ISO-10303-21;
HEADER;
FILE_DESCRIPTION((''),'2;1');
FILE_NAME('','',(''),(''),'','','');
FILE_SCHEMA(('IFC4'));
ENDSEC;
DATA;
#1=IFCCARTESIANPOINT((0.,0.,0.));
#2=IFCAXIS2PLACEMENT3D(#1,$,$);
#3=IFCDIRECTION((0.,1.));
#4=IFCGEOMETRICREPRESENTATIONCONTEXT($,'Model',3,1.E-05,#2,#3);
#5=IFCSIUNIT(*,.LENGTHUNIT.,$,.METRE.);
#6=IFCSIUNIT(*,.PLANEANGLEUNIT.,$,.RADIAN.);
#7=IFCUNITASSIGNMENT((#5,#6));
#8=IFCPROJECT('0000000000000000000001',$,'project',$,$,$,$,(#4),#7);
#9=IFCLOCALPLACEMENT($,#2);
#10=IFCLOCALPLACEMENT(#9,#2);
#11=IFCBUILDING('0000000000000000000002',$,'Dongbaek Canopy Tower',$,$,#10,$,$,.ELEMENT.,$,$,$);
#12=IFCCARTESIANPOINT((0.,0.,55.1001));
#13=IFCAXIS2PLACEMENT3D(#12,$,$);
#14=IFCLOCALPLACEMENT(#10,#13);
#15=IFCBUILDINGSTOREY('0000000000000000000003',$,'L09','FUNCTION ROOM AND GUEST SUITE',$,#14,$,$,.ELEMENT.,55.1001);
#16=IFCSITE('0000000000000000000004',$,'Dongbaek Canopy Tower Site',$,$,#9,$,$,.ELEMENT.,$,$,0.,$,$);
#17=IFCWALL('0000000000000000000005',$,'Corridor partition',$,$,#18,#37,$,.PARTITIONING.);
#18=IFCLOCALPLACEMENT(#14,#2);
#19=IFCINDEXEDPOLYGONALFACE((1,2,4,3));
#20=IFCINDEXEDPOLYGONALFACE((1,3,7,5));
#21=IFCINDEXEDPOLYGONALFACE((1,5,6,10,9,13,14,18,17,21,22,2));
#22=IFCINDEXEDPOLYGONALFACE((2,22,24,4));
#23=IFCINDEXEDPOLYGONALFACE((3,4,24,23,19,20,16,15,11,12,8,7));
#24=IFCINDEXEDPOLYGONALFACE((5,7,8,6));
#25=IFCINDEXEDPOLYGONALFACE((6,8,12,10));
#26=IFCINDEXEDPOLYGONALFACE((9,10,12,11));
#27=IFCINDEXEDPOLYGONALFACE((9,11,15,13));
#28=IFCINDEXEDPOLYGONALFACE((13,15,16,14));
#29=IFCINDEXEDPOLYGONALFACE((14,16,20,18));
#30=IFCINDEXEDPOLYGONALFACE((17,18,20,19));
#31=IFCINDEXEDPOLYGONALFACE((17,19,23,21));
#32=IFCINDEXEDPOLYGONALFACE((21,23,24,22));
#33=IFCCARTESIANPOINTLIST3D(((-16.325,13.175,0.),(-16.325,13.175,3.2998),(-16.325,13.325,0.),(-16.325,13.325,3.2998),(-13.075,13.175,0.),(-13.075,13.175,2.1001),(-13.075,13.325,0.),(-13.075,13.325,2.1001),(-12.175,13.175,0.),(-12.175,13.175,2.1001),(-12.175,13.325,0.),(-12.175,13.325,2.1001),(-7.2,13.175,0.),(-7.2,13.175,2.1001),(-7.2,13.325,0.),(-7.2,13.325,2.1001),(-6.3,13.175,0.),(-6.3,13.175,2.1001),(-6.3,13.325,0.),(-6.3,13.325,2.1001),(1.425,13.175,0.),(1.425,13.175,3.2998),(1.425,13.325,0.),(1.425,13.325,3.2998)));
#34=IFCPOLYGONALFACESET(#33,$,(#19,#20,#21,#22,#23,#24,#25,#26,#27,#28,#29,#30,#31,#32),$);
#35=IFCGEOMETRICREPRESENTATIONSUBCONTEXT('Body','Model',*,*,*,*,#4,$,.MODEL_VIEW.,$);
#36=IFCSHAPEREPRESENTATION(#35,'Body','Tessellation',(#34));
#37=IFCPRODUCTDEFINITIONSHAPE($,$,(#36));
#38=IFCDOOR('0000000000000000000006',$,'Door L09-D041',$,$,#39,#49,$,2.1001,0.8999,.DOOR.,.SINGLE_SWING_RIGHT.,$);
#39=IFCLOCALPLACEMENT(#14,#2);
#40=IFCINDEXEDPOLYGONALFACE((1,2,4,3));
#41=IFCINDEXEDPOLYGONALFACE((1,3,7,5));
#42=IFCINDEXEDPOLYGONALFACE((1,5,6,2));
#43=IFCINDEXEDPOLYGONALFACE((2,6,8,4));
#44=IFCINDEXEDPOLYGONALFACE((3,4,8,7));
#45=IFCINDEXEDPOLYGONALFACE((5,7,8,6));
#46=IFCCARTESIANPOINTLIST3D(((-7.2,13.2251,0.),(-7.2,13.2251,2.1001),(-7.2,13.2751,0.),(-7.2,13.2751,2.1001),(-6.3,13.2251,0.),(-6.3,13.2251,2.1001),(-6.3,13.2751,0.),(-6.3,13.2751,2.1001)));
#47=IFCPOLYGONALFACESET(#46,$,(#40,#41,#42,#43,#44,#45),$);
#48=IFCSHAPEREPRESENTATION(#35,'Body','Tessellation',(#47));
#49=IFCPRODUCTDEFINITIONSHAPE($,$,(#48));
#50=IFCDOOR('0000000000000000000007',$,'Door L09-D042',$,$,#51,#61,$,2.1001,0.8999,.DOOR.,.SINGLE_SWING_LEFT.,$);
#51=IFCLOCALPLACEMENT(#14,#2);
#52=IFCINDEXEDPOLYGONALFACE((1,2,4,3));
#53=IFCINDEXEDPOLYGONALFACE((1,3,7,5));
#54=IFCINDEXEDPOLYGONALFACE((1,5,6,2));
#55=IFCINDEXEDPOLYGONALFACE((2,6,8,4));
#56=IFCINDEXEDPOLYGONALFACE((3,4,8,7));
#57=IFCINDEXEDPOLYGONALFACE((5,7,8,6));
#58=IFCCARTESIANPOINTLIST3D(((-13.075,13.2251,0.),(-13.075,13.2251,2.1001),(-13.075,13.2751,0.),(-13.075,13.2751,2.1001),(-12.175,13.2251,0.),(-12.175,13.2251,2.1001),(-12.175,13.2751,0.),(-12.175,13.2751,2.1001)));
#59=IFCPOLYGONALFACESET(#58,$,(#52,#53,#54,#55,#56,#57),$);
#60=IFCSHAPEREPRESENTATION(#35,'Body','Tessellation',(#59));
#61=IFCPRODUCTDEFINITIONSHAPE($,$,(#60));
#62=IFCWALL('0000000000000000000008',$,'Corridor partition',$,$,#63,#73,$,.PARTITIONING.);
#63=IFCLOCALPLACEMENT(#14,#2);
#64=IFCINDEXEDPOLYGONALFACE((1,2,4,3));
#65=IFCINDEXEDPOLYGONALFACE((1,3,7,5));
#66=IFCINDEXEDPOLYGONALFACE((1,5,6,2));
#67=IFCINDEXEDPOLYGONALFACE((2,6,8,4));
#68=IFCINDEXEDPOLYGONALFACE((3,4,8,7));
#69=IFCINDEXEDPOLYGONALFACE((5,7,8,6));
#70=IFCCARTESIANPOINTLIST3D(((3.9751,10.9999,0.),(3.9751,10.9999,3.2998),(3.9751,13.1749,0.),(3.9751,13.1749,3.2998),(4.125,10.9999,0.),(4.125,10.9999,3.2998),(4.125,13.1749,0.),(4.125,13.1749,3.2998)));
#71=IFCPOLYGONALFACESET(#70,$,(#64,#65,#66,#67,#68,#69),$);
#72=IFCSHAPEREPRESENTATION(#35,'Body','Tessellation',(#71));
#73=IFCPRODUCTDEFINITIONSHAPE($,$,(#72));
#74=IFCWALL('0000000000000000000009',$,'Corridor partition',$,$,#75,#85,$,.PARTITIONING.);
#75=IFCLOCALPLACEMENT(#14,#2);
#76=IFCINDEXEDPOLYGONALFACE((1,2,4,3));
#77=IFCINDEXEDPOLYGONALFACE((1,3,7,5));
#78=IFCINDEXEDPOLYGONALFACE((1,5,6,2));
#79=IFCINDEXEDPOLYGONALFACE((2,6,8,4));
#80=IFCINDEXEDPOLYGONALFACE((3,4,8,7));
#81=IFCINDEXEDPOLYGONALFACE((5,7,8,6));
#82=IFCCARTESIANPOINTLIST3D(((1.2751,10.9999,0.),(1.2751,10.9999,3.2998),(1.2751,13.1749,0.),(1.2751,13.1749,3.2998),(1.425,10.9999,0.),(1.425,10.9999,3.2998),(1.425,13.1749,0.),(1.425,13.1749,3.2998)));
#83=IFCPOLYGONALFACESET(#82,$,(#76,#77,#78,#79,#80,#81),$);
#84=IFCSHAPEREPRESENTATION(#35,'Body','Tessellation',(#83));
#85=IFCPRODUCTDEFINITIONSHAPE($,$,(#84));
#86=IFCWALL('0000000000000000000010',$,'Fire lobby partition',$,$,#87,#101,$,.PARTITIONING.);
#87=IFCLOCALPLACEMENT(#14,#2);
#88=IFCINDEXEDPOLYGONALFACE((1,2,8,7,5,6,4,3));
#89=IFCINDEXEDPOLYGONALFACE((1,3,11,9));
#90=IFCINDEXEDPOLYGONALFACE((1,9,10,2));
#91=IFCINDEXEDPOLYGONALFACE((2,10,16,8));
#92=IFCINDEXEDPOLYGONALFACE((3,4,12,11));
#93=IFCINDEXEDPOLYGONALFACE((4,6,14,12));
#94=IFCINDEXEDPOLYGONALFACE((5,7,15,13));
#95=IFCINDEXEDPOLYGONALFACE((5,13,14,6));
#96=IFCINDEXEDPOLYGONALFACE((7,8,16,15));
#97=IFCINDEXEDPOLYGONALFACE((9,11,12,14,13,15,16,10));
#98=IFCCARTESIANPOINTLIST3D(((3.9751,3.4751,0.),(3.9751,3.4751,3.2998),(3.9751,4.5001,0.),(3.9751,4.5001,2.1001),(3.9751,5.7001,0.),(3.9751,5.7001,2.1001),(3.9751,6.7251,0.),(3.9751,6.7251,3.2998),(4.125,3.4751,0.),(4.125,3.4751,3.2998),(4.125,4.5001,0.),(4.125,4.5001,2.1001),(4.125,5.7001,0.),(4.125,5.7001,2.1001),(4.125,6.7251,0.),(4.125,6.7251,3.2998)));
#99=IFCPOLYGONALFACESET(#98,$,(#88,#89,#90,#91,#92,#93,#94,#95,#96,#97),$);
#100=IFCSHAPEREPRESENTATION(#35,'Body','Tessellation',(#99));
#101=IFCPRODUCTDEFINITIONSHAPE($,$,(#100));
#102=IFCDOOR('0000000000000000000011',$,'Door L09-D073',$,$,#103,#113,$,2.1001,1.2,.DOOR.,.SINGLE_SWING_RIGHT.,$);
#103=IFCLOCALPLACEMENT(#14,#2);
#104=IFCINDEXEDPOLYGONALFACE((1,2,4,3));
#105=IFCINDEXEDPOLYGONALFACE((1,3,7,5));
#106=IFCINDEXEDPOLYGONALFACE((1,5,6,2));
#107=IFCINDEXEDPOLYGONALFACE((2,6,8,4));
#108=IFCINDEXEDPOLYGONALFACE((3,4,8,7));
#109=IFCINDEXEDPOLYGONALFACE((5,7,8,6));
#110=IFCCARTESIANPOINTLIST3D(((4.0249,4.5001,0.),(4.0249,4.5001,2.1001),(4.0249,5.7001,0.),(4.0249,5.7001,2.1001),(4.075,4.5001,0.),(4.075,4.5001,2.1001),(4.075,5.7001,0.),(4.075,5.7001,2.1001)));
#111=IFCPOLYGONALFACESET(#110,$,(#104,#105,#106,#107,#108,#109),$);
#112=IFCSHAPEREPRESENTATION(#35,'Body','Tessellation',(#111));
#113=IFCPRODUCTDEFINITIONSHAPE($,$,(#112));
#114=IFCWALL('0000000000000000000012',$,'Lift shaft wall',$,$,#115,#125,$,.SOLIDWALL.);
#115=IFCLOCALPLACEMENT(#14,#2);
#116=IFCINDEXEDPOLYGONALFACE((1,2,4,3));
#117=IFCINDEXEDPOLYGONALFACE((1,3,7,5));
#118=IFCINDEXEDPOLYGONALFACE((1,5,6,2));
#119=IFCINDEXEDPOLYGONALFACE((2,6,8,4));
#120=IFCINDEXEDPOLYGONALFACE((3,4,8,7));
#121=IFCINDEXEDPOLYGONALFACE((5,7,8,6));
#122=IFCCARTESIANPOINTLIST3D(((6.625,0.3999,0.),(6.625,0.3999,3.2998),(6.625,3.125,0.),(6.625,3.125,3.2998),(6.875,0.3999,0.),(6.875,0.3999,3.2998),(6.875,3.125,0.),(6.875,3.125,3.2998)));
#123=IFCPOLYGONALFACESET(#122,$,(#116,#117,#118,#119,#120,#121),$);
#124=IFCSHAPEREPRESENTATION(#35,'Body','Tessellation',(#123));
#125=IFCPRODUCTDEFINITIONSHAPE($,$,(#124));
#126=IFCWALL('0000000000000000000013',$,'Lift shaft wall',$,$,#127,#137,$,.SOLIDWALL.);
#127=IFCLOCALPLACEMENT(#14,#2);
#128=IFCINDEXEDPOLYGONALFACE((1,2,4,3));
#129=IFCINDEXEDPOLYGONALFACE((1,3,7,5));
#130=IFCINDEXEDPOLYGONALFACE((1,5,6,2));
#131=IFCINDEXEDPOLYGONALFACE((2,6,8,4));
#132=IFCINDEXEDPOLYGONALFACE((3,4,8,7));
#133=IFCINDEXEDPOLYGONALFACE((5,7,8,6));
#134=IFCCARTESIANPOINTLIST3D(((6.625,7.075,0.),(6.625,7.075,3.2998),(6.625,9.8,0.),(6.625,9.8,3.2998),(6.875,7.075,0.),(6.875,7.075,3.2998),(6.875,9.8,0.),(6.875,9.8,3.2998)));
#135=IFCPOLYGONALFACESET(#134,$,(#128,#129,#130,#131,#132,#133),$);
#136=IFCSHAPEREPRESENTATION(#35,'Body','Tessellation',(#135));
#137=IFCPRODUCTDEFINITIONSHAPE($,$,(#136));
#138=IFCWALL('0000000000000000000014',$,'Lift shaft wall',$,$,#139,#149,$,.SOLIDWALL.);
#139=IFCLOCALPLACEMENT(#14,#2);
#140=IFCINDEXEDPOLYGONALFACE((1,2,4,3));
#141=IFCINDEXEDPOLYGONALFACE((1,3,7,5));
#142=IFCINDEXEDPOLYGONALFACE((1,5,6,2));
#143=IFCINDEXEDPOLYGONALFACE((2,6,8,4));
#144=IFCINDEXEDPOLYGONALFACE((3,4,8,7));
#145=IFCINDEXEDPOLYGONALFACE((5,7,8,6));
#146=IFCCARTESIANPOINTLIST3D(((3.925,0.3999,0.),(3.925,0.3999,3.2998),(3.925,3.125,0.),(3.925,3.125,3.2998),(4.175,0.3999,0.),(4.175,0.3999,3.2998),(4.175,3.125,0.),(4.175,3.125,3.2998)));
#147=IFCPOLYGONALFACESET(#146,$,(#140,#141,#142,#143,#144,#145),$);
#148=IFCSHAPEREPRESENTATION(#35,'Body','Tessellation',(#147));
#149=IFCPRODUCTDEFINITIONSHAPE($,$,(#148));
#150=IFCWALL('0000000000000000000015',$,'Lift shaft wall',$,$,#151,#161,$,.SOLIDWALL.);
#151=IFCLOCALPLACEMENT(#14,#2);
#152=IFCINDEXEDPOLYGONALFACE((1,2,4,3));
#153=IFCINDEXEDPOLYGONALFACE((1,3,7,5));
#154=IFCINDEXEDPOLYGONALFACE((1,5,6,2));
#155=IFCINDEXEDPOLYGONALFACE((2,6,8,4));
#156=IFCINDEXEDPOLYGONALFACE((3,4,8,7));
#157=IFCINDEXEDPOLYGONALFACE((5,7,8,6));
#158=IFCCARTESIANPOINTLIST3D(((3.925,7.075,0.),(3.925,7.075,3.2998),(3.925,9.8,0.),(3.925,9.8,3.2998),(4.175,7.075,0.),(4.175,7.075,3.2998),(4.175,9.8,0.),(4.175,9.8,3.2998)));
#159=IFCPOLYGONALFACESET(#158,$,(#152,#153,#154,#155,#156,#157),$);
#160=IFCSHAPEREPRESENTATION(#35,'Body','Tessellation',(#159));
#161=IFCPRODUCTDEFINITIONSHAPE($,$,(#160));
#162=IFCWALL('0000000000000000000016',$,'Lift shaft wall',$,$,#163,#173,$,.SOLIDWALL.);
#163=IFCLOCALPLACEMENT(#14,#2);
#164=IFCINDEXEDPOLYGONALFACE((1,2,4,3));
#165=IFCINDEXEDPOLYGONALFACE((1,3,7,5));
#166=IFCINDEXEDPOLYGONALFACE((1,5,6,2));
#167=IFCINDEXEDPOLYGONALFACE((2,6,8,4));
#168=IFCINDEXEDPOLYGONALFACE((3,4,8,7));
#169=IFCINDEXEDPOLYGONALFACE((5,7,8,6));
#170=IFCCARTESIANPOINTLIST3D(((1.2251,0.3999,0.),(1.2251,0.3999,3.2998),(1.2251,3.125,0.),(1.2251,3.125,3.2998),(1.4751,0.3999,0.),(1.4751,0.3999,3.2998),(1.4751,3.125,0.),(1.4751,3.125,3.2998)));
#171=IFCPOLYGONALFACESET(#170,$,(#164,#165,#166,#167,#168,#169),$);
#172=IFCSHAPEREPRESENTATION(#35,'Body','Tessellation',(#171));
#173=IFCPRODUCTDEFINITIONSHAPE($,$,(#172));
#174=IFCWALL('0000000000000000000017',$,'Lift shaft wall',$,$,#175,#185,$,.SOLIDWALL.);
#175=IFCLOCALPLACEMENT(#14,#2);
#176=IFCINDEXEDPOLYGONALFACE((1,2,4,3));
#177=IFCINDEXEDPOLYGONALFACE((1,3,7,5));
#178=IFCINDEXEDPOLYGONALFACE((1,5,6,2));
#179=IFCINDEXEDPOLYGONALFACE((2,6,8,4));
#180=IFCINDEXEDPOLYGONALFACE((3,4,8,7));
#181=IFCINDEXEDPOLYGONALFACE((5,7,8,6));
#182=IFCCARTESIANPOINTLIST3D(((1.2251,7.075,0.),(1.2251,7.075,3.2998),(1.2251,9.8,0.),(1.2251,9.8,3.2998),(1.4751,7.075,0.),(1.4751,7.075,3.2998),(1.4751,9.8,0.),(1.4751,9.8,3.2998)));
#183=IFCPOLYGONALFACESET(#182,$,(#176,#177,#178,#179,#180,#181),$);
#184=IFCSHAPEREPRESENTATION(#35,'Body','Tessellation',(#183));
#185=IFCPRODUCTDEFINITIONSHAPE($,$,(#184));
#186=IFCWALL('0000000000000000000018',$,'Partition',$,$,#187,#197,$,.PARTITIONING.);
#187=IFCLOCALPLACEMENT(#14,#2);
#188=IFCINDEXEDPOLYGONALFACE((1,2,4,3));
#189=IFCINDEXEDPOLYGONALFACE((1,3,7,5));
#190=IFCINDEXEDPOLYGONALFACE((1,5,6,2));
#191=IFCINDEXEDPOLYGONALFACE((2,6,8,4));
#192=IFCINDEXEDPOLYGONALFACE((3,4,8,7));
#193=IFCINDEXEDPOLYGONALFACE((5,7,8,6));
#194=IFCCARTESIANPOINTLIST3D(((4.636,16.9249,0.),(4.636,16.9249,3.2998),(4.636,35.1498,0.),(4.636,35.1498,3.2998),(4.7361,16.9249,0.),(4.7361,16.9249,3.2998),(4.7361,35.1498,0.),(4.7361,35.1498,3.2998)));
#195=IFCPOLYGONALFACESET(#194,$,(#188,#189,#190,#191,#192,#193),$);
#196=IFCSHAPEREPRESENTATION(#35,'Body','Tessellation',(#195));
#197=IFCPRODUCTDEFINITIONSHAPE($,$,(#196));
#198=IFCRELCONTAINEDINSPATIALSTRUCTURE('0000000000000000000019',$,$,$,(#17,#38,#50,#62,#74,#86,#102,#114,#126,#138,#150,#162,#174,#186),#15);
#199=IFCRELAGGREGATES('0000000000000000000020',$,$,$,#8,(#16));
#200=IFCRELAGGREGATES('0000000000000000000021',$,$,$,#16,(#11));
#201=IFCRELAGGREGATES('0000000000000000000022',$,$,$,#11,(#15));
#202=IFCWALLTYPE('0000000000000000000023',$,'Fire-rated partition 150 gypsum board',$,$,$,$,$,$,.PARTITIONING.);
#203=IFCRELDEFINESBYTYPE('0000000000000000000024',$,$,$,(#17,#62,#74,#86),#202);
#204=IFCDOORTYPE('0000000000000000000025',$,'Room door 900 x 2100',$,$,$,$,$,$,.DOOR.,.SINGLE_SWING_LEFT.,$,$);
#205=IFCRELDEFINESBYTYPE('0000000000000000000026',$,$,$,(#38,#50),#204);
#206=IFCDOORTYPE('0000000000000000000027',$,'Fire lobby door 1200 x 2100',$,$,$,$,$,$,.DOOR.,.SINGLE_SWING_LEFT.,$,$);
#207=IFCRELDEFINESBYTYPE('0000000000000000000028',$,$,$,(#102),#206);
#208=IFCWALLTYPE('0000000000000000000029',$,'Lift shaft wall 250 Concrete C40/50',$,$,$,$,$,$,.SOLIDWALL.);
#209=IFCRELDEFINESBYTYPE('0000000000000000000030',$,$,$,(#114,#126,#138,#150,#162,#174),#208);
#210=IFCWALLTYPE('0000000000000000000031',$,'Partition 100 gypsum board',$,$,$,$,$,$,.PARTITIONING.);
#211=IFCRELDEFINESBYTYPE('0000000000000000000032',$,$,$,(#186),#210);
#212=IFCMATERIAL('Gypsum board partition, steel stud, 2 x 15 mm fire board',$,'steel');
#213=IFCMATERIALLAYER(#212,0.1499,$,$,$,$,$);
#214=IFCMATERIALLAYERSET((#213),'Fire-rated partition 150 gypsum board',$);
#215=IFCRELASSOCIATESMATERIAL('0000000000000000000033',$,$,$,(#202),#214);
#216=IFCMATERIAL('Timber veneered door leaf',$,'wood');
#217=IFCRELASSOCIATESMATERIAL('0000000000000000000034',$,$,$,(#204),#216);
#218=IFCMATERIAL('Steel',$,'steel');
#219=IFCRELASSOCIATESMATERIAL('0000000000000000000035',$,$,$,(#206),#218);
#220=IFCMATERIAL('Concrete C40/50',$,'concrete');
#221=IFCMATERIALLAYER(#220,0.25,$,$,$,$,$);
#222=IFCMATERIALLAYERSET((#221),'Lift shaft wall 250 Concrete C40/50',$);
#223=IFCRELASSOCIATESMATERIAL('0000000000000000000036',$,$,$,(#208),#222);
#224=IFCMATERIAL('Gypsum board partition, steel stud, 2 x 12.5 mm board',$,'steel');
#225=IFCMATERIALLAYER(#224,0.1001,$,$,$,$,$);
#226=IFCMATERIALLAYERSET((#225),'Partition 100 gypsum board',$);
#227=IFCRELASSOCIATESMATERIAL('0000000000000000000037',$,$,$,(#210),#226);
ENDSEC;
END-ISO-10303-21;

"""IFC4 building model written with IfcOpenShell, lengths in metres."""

from ifc_helpers import new_model, si_unit, direction, frame, frame_2d, origin, place, context, subcontext, project, spatial, rectangle, extrude, material, layer, layer_set, type_object, element, fill, save


model = new_model("IFC4")

# Units and contexts
model_context = context("Model", 3, precision=1e-05, world=origin(), true_north=direction((0.0, 1.0)))
body_context = subcontext(model_context, "Body", "Model", "MODEL_VIEW")
ifc_project = project(units=[si_unit("LENGTHUNIT", "METRE"), si_unit("PLANEANGLEUNIT", "RADIAN")], contexts=[model_context])

# Site, building, storey
site_placement = place(None, origin())
site = spatial("IfcSite", under=ifc_project, at=site_placement, Name="Dongbaek Canopy Tower Site", CompositionType="ELEMENT", RefElevation=0.0)
building_placement = place(site_placement, origin())
building = spatial("IfcBuilding", under=site, at=building_placement, Name="Dongbaek Canopy Tower", CompositionType="ELEMENT")
storey_placement = place(building_placement, frame((0.0, 0.0, 55.1001)))
storey = spatial("IfcBuildingStorey", under=building, at=storey_placement, Name="L09", Description="FUNCTION ROOM AND GUEST SUITE", CompositionType="ELEMENT", Elevation=55.1001)

# Wall, openings, doors
ifc_material_1 = material(Name="Gypsum board partition, steel stud, 2 x 15 mm fire board", Category="steel")
ifc_layer_1 = layer(ifc_material_1, 0.1499)
ifc_layer_set_1 = layer_set([ifc_layer_1], Name="Fire-rated partition 150 gypsum board")
wall_type_1 = type_object("IfcWallType", Name="Fire-rated partition 150 gypsum board", PredefinedType="PARTITIONING", material=ifc_layer_set_1)
wall_1_placement = place(storey_placement, frame((1.425, 13.25, 0.0), z_axis=(0.0, 0.0, 1.0), x_axis=(-1.0, 0.0, 0.0)))
wall_1 = element("IfcWall", 1, at=wall_1_placement, inside=storey, type_object=wall_type_1, Name="Corridor partition", PredefinedType="PARTITIONING", context=body_context, shape_type="SweptSolid", body=[
    extrude(rectangle(XDim=17.75, YDim=0.1499, at=frame_2d((8.875, 0.0))), origin(), (0.0, 0.0, 1.0), 3.2998),
])
opening_1_placement = place(wall_1_placement, frame((7.7251, 0.0, 0.0)))
opening_1 = element("IfcOpeningElement", 2, at=opening_1_placement, cuts=wall_1, PredefinedType="OPENING", context=body_context, shape_type="SweptSolid", body=[
    extrude(rectangle(XDim=0.8999, YDim=2.1001, at=frame_2d((0.45, 1.05))), frame((0.0, 0.085, 0.0), z_axis=(0.0, -1.0, 0.0), x_axis=(1.0, 0.0, 0.0)), (0.0, 0.0, 1.0), 0.1699),
])
opening_2_placement = place(wall_1_placement, frame((13.6001, 0.0, 0.0)))
opening_2 = element("IfcOpeningElement", 3, at=opening_2_placement, cuts=wall_1, PredefinedType="OPENING", context=body_context, shape_type="SweptSolid", body=[
    extrude(rectangle(XDim=0.8999, YDim=2.1001, at=frame_2d((0.45, 1.05))), frame((0.0, 0.085, 0.0), z_axis=(0.0, -1.0, 0.0), x_axis=(1.0, 0.0, 0.0)), (0.0, 0.0, 1.0), 0.1699),
])
ifc_material_2 = material(Name="Timber veneered door leaf", Category="wood")
door_type_1 = type_object("IfcDoorType", Name="Room door 900 x 2100", OperationType="SINGLE_SWING_LEFT", PredefinedType="DOOR", material=ifc_material_2)
door_1_placement = place(opening_1_placement, origin())
door_1 = element("IfcDoor", 4, at=door_1_placement, inside=storey, type_object=door_type_1, Name="Door L09-D041", OperationType="SINGLE_SWING_RIGHT", OverallHeight=2.1001, OverallWidth=0.8999, PredefinedType="DOOR", context=body_context, shape_type="SweptSolid", body=[
    extrude(rectangle(XDim=0.8999, YDim=2.1001, at=frame_2d((0.45, 1.05))), frame((0.0, 0.0249, 0.0), z_axis=(0.0, -1.0, 0.0), x_axis=(1.0, 0.0, 0.0)), (0.0, 0.0, 1.0), 0.05),
])
fill(opening_1, door_1)
door_2_placement = place(opening_2_placement, origin())
door_2 = element("IfcDoor", 5, at=door_2_placement, inside=storey, type_object=door_type_1, Name="Door L09-D042", OperationType="SINGLE_SWING_LEFT", OverallHeight=2.1001, OverallWidth=0.8999, PredefinedType="DOOR", context=body_context, shape_type="SweptSolid", body=[
    extrude(rectangle(XDim=0.8999, YDim=2.1001, at=frame_2d((0.45, 1.05))), frame((0.0, 0.0249, 0.0), z_axis=(0.0, -1.0, 0.0), x_axis=(1.0, 0.0, 0.0)), (0.0, 0.0, 1.0), 0.05),
])
fill(opening_2, door_2)

# Walls
for number, where, z_axis, x_axis, name in (
    (6, (4.05, 11.0, 0.0), (0.0, 0.0, 1.0), (0.0, 1.0, 0.0), "Corridor partition"),
    (7, (1.3501, 11.0, 0.0), (0.0, 0.0, 1.0), (0.0, 1.0, 0.0), "Corridor partition"),
):
    element("IfcWall", number, at=place(storey_placement, frame(where, z_axis=z_axis, x_axis=x_axis)), inside=storey, type_object=wall_type_1, Name=name, PredefinedType="PARTITIONING", context=body_context, shape_type="SweptSolid", body=[
        extrude(rectangle(XDim=2.175, YDim=0.1499, at=frame_2d((1.0874, 0.0))), origin(), (0.0, 0.0, 1.0), 3.2998),
    ])

# Wall, opening, door
wall_2_placement = place(storey_placement, frame((4.05, 6.7251, 0.0), z_axis=(0.0, 0.0, 1.0), x_axis=(0.0, -1.0, 0.0)))
wall_2 = element("IfcWall", 8, at=wall_2_placement, inside=storey, type_object=wall_type_1, Name="Fire lobby partition", PredefinedType="PARTITIONING", context=body_context, shape_type="SweptSolid", body=[
    extrude(rectangle(XDim=3.25, YDim=0.1499, at=frame_2d((1.625, 0.0))), origin(), (0.0, 0.0, 1.0), 3.2998),
])
opening_3_placement = place(wall_2_placement, frame((1.0249, 0.0, 0.0)))
opening_3 = element("IfcOpeningElement", 9, at=opening_3_placement, cuts=wall_2, PredefinedType="OPENING", context=body_context, shape_type="SweptSolid", body=[
    extrude(rectangle(XDim=1.2, YDim=2.1001, at=frame_2d((0.6001, 1.05))), frame((0.0, 0.085, 0.0), z_axis=(0.0, -1.0, 0.0), x_axis=(1.0, 0.0, 0.0)), (0.0, 0.0, 1.0), 0.1699),
])
ifc_material_3 = material(Name="Steel", Category="steel")
door_type_2 = type_object("IfcDoorType", Name="Fire lobby door 1200 x 2100", OperationType="SINGLE_SWING_LEFT", PredefinedType="DOOR", material=ifc_material_3)
door_3_placement = place(opening_3_placement, origin())
door_3 = element("IfcDoor", 10, at=door_3_placement, inside=storey, type_object=door_type_2, Name="Door L09-D073", OperationType="SINGLE_SWING_RIGHT", OverallHeight=2.1001, OverallWidth=1.2, PredefinedType="DOOR", context=body_context, shape_type="SweptSolid", body=[
    extrude(rectangle(XDim=1.2, YDim=2.1001, at=frame_2d((0.6001, 1.05))), frame((0.0, 0.0249, 0.0), z_axis=(0.0, -1.0, 0.0), x_axis=(1.0, 0.0, 0.0)), (0.0, 0.0, 1.0), 0.05),
])
fill(opening_3, door_3)

# Walls
ifc_material_4 = material(Name="Concrete C40/50", Category="concrete")
ifc_layer_2 = layer(ifc_material_4, 0.25)
ifc_layer_set_2 = layer_set([ifc_layer_2], Name="Lift shaft wall 250 Concrete C40/50")
wall_type_2 = type_object("IfcWallType", Name="Lift shaft wall 250 Concrete C40/50", PredefinedType="SOLIDWALL", material=ifc_layer_set_2)
for number, where, z_axis, x_axis, name in (
    (11, (6.75, 0.3999, 0.0), (0.0, 0.0, 1.0), (0.0, 1.0, 0.0), "Lift shaft wall"),
    (12, (6.75, 7.075, 0.0), (0.0, 0.0, 1.0), (0.0, 1.0, 0.0), "Lift shaft wall"),
    (13, (4.05, 0.3999, 0.0), (0.0, 0.0, 1.0), (0.0, 1.0, 0.0), "Lift shaft wall"),
    (14, (4.05, 7.075, 0.0), (0.0, 0.0, 1.0), (0.0, 1.0, 0.0), "Lift shaft wall"),
    (15, (1.3501, 0.3999, 0.0), (0.0, 0.0, 1.0), (0.0, 1.0, 0.0), "Lift shaft wall"),
    (16, (1.3501, 7.075, 0.0), (0.0, 0.0, 1.0), (0.0, 1.0, 0.0), "Lift shaft wall"),
):
    element("IfcWall", number, at=place(storey_placement, frame(where, z_axis=z_axis, x_axis=x_axis)), inside=storey, type_object=wall_type_2, Name=name, PredefinedType="SOLIDWALL", context=body_context, shape_type="SweptSolid", body=[
        extrude(rectangle(XDim=2.7251, YDim=0.25, at=frame_2d((1.3625, 0.0))), origin(), (0.0, 0.0, 1.0), 3.2998),
    ])
ifc_material_5 = material(Name="Gypsum board partition, steel stud, 2 x 12.5 mm board", Category="steel")
ifc_layer_3 = layer(ifc_material_5, 0.1001)
ifc_layer_set_3 = layer_set([ifc_layer_3], Name="Partition 100 gypsum board")
wall_type_3 = type_object("IfcWallType", Name="Partition 100 gypsum board", PredefinedType="PARTITIONING", material=ifc_layer_set_3)
wall_3_placement = place(storey_placement, frame((4.686, 16.925, 0.0), z_axis=(0.0, 0.0, 1.0), x_axis=(0.0, 1.0, 0.0)))
element("IfcWall", 17, at=wall_3_placement, inside=storey, type_object=wall_type_3, Name="Partition", PredefinedType="PARTITIONING", context=body_context, shape_type="SweptSolid", body=[
    extrude(rectangle(XDim=18.2249, YDim=0.1001, at=frame_2d((9.1123, 0.0))), origin(), (0.0, 0.0, 1.0), 3.2998),
])

save(model, "model.ifc")
